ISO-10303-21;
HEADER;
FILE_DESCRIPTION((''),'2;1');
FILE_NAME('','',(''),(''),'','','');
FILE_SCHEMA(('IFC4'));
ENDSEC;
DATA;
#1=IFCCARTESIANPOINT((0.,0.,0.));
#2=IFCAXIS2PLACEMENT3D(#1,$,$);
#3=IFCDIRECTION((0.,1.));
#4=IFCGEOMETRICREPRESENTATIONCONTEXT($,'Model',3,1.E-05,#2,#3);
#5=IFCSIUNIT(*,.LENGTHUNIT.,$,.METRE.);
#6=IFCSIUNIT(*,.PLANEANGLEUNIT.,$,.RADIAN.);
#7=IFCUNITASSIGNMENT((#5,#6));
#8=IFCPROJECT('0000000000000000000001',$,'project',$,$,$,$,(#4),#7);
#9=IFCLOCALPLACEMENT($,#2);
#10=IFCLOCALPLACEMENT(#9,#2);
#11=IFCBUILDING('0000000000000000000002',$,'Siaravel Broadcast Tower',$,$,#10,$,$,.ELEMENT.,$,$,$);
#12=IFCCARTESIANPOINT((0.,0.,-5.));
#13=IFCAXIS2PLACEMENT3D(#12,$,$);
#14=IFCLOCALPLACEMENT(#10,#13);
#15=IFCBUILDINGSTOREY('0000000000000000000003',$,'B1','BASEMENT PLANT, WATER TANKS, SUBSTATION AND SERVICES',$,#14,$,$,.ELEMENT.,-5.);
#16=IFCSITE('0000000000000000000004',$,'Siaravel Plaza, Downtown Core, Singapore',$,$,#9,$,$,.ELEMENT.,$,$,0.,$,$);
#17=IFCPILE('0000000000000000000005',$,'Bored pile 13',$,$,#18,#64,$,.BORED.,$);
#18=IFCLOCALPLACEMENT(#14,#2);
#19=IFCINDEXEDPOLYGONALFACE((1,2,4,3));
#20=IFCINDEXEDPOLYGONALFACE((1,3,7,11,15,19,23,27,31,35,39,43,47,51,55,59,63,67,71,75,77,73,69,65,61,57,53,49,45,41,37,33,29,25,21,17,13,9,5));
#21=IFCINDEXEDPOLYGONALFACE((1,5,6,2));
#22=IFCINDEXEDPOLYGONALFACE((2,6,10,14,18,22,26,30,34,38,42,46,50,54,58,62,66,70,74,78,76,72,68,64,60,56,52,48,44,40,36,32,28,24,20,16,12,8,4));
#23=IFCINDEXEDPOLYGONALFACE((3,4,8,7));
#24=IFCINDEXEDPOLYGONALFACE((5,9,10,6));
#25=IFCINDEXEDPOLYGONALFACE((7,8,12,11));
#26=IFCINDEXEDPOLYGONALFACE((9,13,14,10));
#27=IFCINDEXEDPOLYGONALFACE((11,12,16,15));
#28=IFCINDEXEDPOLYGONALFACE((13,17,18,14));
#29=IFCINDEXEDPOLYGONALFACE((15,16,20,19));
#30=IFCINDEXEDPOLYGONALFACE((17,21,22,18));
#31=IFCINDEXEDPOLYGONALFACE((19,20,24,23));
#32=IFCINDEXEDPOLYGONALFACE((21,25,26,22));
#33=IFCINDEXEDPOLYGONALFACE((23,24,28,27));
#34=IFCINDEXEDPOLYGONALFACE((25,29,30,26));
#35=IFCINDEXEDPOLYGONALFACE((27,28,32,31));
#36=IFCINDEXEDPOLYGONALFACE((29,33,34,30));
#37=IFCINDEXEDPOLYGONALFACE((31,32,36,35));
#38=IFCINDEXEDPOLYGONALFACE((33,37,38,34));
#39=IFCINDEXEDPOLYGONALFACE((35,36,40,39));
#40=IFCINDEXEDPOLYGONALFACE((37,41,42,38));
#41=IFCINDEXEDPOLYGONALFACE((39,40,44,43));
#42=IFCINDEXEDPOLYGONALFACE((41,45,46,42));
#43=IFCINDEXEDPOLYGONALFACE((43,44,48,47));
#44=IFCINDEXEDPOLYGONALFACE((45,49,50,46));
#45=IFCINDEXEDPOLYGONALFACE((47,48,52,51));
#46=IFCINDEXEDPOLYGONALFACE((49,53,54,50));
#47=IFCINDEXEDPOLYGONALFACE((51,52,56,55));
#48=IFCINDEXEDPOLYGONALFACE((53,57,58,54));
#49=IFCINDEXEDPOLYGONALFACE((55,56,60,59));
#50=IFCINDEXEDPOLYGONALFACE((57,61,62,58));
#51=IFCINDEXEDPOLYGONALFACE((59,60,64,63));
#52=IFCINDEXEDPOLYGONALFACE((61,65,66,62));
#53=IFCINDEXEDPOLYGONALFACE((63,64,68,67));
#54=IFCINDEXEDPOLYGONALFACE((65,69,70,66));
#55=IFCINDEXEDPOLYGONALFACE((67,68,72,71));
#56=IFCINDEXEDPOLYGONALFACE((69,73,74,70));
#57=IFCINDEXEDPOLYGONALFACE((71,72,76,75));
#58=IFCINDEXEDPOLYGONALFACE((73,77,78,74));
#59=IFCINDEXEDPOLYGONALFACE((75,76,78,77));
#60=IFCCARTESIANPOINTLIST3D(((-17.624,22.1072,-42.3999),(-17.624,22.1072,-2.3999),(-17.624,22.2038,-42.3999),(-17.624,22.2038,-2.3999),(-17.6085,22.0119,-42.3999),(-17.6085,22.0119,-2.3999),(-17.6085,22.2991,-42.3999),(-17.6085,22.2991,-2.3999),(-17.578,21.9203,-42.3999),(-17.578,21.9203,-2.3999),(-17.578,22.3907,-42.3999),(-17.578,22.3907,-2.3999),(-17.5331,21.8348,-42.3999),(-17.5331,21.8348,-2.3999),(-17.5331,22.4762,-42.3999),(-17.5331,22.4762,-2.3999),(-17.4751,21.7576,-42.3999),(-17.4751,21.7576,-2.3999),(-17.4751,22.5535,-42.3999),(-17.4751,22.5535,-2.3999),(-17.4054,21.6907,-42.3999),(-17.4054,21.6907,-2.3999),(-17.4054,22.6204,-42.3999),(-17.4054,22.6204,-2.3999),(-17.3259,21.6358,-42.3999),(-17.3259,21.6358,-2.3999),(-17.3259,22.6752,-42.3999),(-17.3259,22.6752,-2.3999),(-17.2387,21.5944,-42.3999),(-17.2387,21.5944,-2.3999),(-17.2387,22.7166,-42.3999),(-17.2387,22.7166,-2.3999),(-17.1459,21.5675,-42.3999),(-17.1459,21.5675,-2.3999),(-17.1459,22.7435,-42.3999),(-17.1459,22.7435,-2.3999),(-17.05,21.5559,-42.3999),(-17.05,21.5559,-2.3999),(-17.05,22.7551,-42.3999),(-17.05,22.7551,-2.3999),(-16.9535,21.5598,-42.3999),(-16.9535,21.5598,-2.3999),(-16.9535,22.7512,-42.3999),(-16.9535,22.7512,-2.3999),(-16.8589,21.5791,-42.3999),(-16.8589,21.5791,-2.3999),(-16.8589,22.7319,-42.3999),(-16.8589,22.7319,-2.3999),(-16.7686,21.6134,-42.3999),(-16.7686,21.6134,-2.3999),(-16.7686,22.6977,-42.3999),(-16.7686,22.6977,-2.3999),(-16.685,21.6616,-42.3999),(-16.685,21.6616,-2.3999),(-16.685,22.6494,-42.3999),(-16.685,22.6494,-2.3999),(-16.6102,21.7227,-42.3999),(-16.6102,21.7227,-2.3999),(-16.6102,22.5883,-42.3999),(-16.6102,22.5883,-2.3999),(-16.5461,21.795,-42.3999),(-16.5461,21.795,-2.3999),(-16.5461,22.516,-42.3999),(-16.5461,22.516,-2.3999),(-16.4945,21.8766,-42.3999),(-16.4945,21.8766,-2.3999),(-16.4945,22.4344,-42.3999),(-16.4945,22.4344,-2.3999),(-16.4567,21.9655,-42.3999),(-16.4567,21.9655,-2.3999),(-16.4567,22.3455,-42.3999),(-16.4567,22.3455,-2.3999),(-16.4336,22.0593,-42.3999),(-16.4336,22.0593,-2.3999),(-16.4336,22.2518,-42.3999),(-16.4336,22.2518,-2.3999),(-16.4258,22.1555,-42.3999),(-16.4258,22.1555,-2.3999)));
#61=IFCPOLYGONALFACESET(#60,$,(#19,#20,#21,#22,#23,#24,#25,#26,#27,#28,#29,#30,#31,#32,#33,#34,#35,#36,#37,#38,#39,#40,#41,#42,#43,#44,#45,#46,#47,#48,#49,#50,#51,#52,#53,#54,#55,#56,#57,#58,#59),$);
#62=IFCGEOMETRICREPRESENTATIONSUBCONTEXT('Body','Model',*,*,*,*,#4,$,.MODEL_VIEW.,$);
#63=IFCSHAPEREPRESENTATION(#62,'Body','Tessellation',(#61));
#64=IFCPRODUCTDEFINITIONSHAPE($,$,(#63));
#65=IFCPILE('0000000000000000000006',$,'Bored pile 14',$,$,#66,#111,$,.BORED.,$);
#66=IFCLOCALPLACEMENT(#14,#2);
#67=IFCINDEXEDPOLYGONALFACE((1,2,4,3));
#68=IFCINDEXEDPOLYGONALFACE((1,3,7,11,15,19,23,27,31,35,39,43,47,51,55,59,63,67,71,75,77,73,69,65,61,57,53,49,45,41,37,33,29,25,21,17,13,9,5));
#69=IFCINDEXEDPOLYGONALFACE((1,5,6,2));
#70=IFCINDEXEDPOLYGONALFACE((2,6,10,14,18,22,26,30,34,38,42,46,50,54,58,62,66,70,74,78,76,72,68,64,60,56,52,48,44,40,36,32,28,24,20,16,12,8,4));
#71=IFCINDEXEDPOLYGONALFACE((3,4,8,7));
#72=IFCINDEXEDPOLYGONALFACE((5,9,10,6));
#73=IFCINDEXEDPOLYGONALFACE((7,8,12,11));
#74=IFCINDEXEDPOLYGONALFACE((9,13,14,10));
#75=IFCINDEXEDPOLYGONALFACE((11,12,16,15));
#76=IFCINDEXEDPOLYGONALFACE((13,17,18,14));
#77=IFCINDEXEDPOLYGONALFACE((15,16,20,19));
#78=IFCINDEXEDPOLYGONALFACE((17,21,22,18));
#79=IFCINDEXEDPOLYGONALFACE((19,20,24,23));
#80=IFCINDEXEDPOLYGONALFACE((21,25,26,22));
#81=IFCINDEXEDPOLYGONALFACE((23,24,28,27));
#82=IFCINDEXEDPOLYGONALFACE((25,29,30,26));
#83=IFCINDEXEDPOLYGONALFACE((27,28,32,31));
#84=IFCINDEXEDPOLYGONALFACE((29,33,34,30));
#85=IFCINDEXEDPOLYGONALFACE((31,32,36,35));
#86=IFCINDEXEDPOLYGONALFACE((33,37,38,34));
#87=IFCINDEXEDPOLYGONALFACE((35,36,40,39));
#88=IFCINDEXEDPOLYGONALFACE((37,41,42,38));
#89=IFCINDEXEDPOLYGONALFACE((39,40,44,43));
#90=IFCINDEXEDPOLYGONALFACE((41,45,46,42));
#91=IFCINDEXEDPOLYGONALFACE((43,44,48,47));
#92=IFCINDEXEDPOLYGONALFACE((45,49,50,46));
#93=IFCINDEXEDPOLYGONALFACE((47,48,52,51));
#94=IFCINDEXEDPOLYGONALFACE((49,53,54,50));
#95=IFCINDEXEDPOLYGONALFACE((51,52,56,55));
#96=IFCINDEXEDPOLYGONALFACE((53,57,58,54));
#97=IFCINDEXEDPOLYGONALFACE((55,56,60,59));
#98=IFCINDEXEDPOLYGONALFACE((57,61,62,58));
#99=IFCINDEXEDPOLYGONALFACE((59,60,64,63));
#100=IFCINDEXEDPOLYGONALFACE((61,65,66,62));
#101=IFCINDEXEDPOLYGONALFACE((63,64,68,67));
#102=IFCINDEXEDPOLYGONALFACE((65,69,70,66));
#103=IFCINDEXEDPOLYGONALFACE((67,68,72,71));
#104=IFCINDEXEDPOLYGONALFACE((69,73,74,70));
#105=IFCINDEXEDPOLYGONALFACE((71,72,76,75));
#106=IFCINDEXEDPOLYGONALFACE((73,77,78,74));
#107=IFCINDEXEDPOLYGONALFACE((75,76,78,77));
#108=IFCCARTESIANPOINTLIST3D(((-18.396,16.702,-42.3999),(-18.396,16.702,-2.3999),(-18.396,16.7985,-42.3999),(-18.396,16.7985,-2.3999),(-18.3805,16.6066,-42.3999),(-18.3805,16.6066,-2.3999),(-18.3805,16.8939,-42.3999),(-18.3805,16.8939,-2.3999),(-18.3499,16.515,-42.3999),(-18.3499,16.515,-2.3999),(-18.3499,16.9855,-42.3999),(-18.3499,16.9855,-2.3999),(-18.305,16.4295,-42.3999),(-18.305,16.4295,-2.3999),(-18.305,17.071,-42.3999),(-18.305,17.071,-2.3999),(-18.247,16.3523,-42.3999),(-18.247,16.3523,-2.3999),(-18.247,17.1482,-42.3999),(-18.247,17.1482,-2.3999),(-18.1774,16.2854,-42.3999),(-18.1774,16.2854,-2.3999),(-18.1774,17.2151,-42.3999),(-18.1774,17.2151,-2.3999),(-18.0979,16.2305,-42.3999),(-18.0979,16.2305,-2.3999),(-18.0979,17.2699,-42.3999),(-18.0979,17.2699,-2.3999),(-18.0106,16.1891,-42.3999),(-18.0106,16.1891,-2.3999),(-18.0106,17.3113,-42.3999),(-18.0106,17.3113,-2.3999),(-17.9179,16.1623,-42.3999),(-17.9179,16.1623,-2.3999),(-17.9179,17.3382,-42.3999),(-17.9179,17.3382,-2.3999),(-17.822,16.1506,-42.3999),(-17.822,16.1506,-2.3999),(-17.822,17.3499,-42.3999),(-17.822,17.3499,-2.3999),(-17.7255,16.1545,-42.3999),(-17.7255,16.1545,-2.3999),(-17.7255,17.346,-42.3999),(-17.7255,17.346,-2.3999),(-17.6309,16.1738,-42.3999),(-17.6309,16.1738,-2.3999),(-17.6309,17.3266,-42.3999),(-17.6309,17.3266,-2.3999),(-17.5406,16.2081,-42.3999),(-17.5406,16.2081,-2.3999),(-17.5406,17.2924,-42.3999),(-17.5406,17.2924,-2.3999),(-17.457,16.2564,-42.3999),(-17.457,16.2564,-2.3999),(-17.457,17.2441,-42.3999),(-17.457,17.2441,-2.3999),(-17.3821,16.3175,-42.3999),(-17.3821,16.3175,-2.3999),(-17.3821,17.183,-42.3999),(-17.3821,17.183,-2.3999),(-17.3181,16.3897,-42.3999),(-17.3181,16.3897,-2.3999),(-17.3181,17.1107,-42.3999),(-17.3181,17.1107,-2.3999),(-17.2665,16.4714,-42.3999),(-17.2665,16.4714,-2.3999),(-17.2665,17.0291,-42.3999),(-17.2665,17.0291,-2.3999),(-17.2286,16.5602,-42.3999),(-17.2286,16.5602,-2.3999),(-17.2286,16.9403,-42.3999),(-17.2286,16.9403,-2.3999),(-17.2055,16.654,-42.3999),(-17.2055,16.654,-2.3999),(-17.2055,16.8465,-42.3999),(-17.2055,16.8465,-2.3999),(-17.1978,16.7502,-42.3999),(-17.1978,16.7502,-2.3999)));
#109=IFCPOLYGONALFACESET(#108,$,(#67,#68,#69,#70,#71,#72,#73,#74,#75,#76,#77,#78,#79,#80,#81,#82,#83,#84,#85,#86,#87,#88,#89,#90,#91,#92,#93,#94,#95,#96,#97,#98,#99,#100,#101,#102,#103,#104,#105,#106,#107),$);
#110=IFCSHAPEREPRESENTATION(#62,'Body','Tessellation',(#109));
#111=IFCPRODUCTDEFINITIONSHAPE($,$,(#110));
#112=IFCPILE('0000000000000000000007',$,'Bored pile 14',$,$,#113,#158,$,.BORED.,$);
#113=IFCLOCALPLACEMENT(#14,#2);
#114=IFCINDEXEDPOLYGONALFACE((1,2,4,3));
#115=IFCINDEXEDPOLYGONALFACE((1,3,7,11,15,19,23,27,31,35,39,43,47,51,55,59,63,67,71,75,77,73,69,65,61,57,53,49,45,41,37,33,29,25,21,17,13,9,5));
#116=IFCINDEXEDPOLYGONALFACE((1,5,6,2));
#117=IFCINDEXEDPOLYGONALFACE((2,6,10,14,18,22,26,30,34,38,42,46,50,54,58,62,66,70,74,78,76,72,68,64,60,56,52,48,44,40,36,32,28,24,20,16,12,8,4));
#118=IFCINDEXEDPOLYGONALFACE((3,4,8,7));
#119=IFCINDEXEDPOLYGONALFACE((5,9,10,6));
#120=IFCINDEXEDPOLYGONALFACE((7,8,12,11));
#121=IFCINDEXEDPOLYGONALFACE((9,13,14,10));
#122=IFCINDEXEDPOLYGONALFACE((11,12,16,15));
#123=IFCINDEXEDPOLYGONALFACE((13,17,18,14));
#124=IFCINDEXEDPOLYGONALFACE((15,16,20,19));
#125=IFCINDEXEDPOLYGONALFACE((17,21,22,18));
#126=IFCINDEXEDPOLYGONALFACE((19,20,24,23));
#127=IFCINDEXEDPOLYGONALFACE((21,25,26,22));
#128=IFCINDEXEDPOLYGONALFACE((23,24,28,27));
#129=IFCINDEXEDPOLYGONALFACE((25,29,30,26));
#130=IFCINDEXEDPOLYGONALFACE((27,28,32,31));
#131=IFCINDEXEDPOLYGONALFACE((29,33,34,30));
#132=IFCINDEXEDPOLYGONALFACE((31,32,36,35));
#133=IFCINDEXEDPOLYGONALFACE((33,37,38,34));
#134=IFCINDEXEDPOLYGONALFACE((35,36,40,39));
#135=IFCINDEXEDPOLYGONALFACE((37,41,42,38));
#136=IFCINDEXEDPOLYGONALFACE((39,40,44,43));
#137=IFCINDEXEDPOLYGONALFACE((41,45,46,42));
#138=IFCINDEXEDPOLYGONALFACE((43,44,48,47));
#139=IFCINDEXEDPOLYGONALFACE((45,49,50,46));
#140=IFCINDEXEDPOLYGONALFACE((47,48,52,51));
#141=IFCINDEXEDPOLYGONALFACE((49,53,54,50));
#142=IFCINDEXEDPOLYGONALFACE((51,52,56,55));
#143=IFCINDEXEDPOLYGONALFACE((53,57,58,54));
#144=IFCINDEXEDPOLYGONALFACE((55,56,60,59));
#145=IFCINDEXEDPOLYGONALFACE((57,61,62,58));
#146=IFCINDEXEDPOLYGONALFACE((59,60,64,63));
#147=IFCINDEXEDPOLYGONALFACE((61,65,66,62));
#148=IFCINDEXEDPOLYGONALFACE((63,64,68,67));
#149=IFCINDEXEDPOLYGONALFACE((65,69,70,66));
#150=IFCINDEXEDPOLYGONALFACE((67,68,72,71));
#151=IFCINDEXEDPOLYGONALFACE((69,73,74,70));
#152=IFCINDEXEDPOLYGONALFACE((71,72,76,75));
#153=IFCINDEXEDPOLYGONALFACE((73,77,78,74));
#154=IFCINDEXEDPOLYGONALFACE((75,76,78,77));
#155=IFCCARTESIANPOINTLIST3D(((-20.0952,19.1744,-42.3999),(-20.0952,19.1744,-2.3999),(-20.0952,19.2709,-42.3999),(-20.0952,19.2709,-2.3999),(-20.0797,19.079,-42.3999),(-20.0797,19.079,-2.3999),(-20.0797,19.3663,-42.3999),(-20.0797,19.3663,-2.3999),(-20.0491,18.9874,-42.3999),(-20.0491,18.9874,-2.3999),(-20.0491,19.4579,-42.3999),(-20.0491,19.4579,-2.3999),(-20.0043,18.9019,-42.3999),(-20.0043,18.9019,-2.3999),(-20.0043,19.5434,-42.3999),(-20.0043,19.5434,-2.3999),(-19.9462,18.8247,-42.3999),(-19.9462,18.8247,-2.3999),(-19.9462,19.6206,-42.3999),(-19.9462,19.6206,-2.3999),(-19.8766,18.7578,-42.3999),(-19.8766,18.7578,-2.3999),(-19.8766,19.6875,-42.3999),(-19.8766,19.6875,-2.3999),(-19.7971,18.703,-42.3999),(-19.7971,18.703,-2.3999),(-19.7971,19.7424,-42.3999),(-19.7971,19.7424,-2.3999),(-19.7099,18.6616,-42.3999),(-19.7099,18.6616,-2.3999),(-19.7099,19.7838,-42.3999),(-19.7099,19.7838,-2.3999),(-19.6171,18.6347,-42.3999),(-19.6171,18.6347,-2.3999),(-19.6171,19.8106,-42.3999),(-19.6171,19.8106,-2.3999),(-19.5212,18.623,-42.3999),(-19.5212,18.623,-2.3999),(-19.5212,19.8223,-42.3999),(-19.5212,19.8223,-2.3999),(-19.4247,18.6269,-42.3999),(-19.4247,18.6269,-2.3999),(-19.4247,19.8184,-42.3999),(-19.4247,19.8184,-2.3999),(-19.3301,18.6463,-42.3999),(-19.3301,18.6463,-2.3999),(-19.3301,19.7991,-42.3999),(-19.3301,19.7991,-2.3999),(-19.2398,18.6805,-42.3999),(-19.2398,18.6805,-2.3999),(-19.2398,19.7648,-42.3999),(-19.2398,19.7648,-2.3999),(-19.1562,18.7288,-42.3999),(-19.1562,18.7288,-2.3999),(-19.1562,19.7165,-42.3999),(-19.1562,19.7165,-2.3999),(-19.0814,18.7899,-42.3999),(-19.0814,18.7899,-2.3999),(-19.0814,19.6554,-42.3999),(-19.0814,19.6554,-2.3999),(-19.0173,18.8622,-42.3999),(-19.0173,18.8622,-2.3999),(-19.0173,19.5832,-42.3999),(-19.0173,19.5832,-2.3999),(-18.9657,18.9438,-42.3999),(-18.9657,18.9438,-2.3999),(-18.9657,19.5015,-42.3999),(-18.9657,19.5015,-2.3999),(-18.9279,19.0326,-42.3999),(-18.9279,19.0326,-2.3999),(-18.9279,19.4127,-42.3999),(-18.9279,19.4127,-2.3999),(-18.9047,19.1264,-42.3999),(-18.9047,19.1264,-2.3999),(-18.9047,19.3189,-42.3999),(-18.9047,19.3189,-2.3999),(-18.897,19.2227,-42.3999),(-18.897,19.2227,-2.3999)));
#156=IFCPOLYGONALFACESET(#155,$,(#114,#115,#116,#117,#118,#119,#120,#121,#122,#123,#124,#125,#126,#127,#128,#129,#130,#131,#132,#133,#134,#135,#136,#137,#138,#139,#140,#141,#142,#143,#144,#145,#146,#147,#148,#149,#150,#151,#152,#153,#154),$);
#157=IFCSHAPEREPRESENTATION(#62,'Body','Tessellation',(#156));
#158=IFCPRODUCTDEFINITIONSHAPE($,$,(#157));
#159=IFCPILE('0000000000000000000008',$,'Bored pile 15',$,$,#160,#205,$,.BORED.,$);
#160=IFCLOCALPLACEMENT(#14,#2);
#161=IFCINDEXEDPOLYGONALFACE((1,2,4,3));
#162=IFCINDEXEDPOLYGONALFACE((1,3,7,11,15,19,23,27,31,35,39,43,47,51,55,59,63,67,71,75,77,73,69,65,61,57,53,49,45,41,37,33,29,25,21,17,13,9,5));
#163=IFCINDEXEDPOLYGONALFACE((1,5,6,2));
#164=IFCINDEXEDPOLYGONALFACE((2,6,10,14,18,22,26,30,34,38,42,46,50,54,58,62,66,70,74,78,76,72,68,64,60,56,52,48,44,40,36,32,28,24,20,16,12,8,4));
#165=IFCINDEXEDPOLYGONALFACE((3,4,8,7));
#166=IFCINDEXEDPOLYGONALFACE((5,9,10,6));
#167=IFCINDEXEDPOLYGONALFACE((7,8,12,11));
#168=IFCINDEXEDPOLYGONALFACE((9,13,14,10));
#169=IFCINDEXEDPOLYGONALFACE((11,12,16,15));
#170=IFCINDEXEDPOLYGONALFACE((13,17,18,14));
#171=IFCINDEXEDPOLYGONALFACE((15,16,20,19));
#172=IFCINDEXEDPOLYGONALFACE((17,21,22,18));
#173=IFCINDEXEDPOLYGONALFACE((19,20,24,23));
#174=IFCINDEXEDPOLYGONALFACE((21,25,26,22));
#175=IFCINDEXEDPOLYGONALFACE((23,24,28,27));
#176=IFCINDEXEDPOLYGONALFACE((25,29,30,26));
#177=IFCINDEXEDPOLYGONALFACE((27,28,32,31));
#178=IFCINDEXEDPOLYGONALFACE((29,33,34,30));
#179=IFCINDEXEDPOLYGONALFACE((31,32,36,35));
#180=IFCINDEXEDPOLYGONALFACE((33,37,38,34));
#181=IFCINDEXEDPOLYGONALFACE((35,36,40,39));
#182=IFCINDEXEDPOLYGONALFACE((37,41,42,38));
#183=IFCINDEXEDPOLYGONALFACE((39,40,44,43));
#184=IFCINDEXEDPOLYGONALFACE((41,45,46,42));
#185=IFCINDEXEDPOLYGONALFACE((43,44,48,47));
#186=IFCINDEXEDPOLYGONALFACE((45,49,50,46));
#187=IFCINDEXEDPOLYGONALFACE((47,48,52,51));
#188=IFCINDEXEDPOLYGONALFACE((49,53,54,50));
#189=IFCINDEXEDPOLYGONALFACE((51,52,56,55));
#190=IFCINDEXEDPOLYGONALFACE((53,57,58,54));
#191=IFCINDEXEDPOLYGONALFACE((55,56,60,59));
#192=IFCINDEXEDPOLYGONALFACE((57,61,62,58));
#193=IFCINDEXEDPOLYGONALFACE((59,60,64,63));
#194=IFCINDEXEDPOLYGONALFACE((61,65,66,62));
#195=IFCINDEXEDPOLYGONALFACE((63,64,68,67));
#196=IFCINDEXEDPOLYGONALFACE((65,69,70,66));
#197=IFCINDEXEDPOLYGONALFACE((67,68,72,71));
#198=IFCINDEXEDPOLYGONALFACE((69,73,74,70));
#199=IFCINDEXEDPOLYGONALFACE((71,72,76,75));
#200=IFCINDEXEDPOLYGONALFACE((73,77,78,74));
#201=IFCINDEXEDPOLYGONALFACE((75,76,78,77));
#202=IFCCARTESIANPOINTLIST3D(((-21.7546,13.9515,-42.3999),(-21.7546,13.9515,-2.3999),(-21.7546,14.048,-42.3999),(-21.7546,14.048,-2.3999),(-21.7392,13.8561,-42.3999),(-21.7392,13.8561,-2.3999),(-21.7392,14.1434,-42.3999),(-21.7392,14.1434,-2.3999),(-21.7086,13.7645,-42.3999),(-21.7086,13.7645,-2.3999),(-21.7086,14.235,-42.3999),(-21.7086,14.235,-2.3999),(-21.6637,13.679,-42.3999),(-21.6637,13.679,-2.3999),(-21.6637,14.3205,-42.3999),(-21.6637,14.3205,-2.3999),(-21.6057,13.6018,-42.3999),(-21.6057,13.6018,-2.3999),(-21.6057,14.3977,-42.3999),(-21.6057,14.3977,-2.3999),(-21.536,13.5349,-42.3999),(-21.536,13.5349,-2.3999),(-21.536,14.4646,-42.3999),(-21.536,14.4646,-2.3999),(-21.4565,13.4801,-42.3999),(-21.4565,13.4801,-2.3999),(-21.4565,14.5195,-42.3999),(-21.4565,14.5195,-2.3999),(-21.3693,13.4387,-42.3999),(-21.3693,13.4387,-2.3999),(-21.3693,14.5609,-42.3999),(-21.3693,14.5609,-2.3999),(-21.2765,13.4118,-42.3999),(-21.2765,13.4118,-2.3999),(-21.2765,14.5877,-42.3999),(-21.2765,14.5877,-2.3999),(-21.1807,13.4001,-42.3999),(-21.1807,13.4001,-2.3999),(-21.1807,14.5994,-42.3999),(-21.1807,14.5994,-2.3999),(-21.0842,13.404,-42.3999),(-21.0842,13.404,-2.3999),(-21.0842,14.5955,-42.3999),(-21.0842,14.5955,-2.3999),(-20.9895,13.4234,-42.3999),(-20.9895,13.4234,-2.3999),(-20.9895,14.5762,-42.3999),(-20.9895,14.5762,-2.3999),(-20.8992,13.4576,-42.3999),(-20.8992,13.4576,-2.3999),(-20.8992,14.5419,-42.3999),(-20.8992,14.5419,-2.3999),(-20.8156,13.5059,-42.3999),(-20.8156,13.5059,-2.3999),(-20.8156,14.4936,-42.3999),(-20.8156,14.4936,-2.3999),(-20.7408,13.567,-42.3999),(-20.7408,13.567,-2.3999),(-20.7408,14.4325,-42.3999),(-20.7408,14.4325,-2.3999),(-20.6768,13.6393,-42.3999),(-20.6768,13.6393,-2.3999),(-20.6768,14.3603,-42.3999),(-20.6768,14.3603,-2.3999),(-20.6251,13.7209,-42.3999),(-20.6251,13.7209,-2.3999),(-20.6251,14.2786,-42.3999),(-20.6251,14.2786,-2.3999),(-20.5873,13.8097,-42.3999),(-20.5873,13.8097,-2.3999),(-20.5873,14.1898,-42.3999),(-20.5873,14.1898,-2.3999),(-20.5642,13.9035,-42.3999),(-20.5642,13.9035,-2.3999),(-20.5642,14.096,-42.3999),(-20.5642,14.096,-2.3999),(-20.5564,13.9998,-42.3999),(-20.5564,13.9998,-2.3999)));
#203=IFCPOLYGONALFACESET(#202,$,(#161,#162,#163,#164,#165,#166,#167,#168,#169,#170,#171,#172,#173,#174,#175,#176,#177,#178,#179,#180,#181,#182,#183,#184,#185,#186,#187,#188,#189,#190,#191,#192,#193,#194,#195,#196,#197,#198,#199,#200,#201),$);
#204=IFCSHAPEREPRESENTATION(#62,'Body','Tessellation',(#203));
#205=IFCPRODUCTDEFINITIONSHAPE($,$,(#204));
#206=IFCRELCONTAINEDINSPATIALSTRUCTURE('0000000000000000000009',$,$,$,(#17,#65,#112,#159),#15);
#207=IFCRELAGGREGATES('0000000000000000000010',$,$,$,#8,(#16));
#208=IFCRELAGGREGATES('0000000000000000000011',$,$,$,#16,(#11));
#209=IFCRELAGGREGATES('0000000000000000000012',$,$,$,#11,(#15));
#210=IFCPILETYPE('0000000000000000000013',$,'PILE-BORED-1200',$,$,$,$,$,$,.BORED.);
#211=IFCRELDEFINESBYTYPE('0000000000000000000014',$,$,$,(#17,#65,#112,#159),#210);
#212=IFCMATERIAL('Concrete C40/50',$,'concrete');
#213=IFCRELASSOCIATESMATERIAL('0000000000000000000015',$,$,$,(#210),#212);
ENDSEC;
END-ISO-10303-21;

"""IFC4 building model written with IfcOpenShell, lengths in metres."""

from ifc_helpers import new_model, si_unit, direction, frame, origin, origin_2d, place, context, subcontext, project, spatial, circle, extrude, material, material_profile, profile_set, type_object, element, save


model = new_model("IFC4")

# Units and contexts
model_context = context("Model", 3, precision=1e-05, world=origin(), true_north=direction((0.0, 1.0)))
body_context = subcontext(model_context, "Body", "Model", "MODEL_VIEW")
ifc_project = project(units=[si_unit("LENGTHUNIT", "METRE"), si_unit("PLANEANGLEUNIT", "RADIAN")], contexts=[model_context])

# Site, building, storey
site_placement = place(None, origin())
site = spatial("IfcSite", under=ifc_project, at=site_placement, Name="Siaravel Plaza, Downtown Core, Singapore", CompositionType="ELEMENT", RefElevation=0.0)
building_placement = place(site_placement, origin())
building = spatial("IfcBuilding", under=site, at=building_placement, Name="Siaravel Broadcast Tower", CompositionType="ELEMENT")
storey_placement = place(building_placement, frame((0.0, 0.0, -5.0)))
storey = spatial("IfcBuildingStorey", under=building, at=storey_placement, Name="B1", Description="BASEMENT PLANT, WATER TANKS, SUBSTATION AND SERVICES", CompositionType="ELEMENT", Elevation=-5.0)

# Shared definitions
ifc_material_1 = material(Name="Concrete C40/50", Category="concrete")

# Piles
ifc_material_profile_1 = material_profile(ifc_material_1, circle(Radius=0.6001, at=origin_2d()))
ifc_profile_set_1 = profile_set([ifc_material_profile_1], Name="Concrete C40/50")
pile_type = type_object("IfcPileType", Name="PILE-BORED-1200", PredefinedType="BORED", material=ifc_profile_set_1)
for number, where, z_axis, x_axis, name in (
    (1, (-17.0259, 22.1555, -2.3999), (0.0, 0.0, -1.0), (1.0, 0.0, 0.0), "Bored pile 13"),
    (2, (-17.7979, 16.7502, -2.3999), (0.0, 0.0, -1.0), (1.0, 0.0, 0.0), "Bored pile 14"),
    (3, (-19.4971, 19.2227, -2.3999), (0.0, 0.0, -1.0), (1.0, 0.0, 0.0), "Bored pile 14"),
    (4, (-21.1565, 13.9998, -2.3999), (0.0, 0.0, -1.0), (1.0, 0.0, 0.0), "Bored pile 15"),
):
    element("IfcPile", number, at=place(storey_placement, frame(where, z_axis=z_axis, x_axis=x_axis)), inside=storey, type_object=pile_type, Name=name, PredefinedType="BORED", context=body_context, shape_type="SweptSolid", body=[
        extrude(circle(Radius=0.6001, at=origin_2d()), origin(), (0.0, 0.0, 1.0), 40.0),
    ])

save(model, "model.ifc")
